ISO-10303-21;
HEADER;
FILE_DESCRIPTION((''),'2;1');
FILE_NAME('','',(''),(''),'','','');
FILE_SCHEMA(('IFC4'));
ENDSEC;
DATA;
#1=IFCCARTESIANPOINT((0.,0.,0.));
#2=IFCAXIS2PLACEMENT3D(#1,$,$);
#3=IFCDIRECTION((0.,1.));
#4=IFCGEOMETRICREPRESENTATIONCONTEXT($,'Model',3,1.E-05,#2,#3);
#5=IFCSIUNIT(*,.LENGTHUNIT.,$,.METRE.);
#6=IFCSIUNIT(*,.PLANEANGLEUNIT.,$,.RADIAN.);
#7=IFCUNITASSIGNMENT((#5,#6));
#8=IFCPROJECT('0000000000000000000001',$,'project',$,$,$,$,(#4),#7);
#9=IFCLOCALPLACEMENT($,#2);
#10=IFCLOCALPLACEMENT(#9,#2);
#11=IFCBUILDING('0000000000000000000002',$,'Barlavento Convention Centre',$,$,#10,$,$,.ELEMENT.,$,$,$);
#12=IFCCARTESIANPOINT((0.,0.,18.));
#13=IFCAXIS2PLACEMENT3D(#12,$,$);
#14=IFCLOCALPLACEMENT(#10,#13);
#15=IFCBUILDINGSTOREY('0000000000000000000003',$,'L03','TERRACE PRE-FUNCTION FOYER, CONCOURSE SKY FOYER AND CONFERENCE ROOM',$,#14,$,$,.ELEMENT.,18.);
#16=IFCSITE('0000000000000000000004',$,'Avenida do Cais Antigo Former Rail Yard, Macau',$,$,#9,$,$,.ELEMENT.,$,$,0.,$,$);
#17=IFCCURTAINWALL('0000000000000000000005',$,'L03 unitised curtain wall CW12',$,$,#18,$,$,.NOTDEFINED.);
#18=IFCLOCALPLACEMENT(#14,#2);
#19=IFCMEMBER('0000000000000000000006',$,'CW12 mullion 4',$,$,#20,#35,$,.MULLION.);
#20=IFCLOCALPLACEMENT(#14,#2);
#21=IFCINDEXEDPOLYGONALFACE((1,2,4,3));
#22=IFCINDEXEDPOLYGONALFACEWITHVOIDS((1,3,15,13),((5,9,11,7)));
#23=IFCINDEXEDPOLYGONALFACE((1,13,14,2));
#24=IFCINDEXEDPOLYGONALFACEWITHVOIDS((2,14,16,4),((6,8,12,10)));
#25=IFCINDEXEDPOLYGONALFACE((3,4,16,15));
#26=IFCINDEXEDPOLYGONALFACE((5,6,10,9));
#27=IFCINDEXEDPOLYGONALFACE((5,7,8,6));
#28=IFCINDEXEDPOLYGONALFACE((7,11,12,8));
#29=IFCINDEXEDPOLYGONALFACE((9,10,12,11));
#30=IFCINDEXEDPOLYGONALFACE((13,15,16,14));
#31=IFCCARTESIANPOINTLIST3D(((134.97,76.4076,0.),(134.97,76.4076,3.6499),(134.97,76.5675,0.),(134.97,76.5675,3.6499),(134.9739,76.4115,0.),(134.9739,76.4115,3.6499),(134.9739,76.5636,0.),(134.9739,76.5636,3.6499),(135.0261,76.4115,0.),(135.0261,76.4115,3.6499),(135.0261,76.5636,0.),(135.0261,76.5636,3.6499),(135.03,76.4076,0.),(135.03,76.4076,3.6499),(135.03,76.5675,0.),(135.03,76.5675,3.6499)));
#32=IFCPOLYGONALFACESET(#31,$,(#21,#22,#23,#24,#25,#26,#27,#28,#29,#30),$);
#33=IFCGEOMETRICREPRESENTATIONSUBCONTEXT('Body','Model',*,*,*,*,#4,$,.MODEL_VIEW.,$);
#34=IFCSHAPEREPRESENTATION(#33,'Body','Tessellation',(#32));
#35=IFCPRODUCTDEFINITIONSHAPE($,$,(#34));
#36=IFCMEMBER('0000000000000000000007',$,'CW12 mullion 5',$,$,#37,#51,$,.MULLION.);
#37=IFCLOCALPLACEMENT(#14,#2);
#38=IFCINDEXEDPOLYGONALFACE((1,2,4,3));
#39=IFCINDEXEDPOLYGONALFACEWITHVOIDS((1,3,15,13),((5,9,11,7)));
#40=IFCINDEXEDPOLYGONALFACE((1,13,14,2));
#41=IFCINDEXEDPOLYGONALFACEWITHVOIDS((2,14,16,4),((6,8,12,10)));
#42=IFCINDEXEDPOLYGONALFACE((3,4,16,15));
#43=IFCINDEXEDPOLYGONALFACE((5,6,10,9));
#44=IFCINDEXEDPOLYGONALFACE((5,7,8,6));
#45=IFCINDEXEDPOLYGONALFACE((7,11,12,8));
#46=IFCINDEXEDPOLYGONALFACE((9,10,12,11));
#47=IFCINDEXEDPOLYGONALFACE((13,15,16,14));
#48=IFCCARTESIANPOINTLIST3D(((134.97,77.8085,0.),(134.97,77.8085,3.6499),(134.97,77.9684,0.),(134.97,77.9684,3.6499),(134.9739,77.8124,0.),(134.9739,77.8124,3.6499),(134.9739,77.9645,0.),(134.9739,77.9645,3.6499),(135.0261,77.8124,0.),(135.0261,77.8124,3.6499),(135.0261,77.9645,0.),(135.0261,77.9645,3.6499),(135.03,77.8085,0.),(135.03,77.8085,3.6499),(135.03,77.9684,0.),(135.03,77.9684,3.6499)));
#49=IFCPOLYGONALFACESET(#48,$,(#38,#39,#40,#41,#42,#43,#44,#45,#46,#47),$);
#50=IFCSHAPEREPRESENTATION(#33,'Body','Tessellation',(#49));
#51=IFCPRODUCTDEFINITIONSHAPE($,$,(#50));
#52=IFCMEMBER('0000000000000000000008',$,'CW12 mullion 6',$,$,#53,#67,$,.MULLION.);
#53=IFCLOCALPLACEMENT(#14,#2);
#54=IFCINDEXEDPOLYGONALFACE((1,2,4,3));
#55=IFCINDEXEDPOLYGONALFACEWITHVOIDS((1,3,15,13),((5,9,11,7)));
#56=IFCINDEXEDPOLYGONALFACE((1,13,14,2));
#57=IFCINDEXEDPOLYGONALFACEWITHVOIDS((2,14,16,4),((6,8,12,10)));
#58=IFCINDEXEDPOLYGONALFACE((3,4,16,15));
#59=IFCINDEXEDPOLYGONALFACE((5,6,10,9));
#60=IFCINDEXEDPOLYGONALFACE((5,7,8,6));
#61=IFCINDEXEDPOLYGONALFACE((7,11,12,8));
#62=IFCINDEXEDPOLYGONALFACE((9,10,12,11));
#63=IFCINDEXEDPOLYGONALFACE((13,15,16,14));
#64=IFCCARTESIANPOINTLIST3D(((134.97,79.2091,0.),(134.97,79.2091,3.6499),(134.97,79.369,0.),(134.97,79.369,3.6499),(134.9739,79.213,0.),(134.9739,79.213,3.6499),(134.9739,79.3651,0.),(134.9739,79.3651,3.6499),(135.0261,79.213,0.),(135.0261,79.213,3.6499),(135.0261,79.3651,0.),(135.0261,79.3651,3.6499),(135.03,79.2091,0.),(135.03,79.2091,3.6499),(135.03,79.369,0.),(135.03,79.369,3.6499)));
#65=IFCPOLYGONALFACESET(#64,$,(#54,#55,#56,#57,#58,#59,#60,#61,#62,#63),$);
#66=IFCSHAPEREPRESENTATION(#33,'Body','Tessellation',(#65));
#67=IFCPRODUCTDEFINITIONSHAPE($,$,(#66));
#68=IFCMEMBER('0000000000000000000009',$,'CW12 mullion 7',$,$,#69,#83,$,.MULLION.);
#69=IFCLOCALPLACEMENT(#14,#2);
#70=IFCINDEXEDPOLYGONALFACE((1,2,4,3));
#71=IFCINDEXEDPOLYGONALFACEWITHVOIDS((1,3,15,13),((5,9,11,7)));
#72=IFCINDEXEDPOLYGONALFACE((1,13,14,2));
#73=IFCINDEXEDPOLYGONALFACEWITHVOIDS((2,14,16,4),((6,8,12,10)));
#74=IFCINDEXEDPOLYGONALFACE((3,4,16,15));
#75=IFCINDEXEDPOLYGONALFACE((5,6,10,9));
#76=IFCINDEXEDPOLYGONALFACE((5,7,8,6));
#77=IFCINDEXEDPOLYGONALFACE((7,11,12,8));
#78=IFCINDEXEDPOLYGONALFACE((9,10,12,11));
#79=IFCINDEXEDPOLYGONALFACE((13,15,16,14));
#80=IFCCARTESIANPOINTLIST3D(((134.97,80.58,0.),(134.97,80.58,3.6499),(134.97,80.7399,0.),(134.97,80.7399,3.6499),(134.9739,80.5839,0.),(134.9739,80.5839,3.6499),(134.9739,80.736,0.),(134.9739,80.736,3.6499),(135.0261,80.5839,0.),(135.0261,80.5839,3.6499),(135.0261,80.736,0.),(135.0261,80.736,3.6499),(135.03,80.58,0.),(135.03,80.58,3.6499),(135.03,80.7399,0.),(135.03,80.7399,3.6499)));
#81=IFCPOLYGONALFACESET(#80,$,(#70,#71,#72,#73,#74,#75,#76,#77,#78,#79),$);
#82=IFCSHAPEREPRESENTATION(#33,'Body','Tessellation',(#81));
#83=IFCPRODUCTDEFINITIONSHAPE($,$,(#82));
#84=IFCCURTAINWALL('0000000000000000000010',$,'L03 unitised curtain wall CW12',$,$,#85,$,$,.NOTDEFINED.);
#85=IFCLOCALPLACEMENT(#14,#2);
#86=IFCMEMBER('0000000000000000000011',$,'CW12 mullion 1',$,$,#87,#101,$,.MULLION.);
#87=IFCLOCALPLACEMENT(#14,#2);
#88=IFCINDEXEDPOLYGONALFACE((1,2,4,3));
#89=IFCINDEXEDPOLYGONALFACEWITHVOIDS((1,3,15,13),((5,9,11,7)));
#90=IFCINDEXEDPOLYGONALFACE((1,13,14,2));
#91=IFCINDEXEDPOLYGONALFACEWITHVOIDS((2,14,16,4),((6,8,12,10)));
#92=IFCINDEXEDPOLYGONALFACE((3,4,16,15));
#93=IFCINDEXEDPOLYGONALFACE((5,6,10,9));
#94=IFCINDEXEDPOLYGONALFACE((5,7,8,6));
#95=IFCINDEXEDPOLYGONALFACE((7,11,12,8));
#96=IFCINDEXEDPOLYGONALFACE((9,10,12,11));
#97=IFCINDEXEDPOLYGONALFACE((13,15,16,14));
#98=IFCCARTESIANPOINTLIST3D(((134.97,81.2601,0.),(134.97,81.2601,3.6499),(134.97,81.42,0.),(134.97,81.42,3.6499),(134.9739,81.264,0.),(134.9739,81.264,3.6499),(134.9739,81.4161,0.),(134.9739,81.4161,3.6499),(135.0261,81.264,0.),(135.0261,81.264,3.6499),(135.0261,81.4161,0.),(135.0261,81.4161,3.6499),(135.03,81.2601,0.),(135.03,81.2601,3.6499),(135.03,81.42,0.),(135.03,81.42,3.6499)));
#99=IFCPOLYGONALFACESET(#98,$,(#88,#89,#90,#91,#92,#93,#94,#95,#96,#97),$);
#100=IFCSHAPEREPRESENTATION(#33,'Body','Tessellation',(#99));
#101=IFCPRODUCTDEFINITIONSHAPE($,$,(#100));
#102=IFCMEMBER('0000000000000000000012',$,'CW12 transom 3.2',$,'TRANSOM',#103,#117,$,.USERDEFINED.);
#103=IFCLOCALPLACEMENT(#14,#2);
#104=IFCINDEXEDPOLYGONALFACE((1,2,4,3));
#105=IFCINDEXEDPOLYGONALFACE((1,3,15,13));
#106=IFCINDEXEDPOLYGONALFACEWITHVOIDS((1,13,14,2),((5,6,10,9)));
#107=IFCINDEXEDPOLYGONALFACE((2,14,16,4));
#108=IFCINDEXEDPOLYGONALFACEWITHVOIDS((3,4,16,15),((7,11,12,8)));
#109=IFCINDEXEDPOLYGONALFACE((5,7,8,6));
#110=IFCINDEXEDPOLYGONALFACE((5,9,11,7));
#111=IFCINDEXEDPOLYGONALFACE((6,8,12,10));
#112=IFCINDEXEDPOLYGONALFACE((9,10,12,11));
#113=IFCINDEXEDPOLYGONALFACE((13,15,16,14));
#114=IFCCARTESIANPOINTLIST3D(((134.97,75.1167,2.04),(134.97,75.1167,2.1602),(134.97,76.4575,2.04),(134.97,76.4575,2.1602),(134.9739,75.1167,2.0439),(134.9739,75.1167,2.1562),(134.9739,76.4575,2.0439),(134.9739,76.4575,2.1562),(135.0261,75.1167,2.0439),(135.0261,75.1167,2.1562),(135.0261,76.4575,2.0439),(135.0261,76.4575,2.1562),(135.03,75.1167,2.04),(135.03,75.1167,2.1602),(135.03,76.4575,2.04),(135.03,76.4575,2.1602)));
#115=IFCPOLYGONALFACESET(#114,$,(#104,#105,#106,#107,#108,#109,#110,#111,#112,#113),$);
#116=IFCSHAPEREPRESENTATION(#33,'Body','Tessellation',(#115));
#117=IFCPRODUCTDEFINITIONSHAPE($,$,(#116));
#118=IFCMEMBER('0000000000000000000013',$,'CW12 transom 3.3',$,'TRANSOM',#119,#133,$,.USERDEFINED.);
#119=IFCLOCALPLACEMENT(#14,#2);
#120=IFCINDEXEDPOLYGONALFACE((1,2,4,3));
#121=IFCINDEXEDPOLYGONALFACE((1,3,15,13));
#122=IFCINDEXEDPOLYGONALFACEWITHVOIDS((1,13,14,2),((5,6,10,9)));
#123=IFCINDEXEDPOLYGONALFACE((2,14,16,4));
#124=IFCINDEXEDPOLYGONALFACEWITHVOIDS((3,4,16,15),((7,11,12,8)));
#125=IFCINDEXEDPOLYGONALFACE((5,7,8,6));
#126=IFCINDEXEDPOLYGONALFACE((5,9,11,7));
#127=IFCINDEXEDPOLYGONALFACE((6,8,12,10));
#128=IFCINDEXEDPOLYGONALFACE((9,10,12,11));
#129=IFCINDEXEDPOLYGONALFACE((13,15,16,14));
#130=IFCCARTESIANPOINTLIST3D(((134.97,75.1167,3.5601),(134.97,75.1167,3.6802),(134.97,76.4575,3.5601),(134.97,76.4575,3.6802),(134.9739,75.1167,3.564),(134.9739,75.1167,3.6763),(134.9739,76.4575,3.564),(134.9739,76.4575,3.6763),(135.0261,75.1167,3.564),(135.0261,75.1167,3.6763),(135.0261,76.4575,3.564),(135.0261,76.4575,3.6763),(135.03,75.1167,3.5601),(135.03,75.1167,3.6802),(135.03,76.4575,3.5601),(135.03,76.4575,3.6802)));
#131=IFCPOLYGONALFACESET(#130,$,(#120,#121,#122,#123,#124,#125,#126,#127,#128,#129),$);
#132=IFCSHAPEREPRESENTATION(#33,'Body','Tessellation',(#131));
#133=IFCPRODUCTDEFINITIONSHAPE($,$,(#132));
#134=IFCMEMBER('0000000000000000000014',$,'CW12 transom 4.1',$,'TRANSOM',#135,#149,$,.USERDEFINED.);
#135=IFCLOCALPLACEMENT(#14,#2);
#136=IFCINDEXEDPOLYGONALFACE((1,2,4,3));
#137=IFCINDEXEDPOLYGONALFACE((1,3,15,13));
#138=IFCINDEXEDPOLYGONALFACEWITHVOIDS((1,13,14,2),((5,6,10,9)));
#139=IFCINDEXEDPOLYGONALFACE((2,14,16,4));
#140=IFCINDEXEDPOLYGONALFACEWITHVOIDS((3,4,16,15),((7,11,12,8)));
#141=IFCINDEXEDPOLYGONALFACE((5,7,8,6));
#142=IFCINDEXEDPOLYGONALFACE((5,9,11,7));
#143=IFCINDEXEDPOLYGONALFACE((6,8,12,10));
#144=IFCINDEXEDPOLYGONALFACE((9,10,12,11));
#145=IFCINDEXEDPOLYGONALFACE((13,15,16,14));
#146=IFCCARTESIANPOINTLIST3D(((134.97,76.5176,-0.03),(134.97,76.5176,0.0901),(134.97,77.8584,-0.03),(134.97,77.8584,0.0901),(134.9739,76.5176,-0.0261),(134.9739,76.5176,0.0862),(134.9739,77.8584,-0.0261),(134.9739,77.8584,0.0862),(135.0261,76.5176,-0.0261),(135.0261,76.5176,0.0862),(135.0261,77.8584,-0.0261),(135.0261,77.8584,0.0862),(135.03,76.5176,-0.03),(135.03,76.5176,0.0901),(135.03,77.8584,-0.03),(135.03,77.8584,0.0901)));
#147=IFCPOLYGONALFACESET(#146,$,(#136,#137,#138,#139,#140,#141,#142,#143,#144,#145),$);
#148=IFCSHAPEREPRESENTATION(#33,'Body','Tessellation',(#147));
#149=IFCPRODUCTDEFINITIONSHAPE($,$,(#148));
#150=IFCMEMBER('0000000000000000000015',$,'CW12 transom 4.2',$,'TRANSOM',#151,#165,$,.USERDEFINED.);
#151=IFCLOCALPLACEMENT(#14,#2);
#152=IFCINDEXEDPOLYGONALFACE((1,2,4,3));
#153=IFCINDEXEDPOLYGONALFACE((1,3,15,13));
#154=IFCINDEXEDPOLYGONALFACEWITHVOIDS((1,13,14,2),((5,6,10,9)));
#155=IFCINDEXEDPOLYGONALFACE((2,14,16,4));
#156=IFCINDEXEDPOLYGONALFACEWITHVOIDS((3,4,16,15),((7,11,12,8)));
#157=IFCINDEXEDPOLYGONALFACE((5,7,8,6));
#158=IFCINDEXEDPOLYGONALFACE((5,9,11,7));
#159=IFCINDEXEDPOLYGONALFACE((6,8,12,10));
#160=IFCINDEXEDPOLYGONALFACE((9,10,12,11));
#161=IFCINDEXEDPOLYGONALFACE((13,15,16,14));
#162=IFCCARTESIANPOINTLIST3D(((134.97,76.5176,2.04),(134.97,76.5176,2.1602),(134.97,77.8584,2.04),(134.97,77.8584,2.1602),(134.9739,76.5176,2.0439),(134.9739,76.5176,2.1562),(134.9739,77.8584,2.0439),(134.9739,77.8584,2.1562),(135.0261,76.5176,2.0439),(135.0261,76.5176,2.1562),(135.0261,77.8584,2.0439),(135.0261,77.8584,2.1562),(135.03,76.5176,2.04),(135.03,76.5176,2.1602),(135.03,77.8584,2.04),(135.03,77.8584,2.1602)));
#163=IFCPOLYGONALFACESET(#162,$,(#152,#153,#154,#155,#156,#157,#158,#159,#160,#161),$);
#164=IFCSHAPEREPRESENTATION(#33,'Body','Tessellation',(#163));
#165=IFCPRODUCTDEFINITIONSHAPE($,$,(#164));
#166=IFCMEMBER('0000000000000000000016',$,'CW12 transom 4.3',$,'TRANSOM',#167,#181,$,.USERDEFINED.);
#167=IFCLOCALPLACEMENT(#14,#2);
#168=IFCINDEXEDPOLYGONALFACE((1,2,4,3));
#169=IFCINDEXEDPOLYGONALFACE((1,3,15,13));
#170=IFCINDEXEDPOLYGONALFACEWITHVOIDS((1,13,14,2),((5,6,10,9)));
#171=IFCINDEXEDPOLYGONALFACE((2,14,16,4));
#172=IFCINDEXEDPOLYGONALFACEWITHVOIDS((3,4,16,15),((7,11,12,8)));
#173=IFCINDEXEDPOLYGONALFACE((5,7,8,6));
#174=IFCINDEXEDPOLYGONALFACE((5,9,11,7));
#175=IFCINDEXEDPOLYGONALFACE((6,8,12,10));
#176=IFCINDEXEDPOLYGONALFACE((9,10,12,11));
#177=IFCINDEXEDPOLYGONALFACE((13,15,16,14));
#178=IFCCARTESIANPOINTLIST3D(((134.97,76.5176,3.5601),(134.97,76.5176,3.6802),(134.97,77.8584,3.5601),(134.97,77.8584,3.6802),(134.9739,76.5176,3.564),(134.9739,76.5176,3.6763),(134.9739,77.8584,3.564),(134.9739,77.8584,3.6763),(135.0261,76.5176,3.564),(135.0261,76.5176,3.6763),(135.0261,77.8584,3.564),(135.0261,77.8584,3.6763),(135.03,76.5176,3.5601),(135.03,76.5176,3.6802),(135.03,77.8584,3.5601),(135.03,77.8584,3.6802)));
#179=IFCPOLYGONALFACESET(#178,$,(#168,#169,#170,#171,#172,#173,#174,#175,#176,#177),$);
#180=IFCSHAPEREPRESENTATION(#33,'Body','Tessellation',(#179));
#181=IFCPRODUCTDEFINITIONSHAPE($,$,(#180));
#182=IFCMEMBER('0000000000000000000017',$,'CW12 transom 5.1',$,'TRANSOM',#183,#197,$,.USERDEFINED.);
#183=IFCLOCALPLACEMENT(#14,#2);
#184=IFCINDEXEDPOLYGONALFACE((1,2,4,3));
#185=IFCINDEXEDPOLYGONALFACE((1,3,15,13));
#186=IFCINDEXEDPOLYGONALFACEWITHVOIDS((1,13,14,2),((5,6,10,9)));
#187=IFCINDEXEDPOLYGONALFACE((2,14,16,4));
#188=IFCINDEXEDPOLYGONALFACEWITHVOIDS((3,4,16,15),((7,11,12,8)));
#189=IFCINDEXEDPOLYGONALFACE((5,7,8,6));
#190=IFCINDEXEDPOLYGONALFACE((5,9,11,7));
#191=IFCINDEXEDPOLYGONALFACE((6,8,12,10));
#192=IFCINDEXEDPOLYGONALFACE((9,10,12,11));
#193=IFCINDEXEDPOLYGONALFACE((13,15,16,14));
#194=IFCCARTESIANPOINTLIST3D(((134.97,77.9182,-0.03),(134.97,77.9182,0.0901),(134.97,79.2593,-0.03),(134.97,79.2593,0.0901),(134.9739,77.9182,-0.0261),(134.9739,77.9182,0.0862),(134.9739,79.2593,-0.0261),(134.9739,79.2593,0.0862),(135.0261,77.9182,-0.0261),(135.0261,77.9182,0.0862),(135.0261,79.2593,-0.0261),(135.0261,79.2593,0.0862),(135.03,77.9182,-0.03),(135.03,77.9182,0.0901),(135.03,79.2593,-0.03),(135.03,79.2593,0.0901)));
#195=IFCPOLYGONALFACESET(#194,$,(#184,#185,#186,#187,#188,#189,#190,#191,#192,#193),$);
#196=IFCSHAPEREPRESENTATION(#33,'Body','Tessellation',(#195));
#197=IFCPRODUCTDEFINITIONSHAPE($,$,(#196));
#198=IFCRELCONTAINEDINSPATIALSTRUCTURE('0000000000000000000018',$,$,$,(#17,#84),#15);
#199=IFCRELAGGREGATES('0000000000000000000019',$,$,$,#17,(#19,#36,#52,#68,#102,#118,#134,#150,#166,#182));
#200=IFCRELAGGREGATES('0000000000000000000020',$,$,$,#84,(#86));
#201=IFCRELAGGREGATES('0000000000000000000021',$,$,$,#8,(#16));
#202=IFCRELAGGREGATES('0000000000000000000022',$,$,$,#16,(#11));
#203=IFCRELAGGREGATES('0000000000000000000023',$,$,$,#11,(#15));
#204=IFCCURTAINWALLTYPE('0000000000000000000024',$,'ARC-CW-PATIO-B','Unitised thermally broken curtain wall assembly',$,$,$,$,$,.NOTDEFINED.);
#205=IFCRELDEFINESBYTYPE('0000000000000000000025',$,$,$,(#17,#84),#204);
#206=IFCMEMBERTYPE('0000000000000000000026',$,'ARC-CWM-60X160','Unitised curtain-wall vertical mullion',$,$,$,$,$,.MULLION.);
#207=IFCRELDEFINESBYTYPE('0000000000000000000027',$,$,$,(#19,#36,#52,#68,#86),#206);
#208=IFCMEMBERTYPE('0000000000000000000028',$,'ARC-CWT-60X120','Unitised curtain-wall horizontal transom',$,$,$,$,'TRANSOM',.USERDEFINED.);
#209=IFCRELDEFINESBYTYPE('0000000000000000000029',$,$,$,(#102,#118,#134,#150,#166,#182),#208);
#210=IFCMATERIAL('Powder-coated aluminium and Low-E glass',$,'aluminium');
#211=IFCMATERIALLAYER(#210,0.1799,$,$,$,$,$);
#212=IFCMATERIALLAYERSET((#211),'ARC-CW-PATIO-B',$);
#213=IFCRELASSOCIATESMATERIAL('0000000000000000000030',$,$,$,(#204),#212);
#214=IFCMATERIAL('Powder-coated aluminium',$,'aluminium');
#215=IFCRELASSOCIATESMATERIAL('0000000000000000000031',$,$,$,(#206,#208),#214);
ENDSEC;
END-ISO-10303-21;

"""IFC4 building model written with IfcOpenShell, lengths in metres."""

from ifc_helpers import new_model, si_unit, direction, frame, origin, origin_2d, place, context, subcontext, project, spatial, hollow_rectangle, extrude, material, layer, layer_set, material_profile, profile_set, type_object, element, aggregate, save


model = new_model("IFC4")

# Units and contexts
model_context = context("Model", 3, precision=1e-05, world=origin(), true_north=direction((0.0, 1.0)))
body_context = subcontext(model_context, "Body", "Model", "MODEL_VIEW")
ifc_project = project(units=[si_unit("LENGTHUNIT", "METRE"), si_unit("PLANEANGLEUNIT", "RADIAN")], contexts=[model_context])

# Site, building, storey
site_placement = place(None, origin())
site = spatial("IfcSite", under=ifc_project, at=site_placement, Name="Avenida do Cais Antigo Former Rail Yard, Macau", CompositionType="ELEMENT", RefElevation=0.0)
building_placement = place(site_placement, origin())
building = spatial("IfcBuilding", under=site, at=building_placement, Name="Barlavento Convention Centre", CompositionType="ELEMENT")
storey_placement = place(building_placement, frame((0.0, 0.0, 18.0)))
storey = spatial("IfcBuildingStorey", under=building, at=storey_placement, Name="L03", Description="TERRACE PRE-FUNCTION FOYER, CONCOURSE SKY FOYER AND CONFERENCE ROOM", CompositionType="ELEMENT", Elevation=18.0)

# Curtain wall, members
ifc_material_1 = material(Name="Powder-coated aluminium and Low-E glass", Category="aluminium")
ifc_layer_1 = layer(ifc_material_1, 0.1799)
ifc_layer_set_1 = layer_set([ifc_layer_1], Name="ARC-CW-PATIO-B")
curtain_wall_type = type_object("IfcCurtainWallType", Name="ARC-CW-PATIO-B", Description="Unitised thermally broken curtain wall assembly", PredefinedType="NOTDEFINED", material=ifc_layer_set_1)
curtain_wall_1_placement = place(storey_placement, origin())
curtain_wall_1 = element("IfcCurtainWall", 1, at=curtain_wall_1_placement, inside=storey, type_object=curtain_wall_type, Name="L03 unitised curtain wall CW12", PredefinedType="NOTDEFINED")
ifc_material_2 = material(Name="Powder-coated aluminium", Category="aluminium")
ifc_material_profile_1 = material_profile(ifc_material_2, hollow_rectangle(XDim=0.0601, YDim=0.1599, WallThickness=0.0039, at=origin_2d()), Name="AL-MULL 60x160x4")
ifc_profile_set_1 = profile_set([ifc_material_profile_1], Name="Powder-coated aluminium")
member_type_1 = type_object("IfcMemberType", Name="ARC-CWM-60X160", Description="Unitised curtain-wall vertical mullion", PredefinedType="MULLION", material=ifc_profile_set_1)
member_1_placement = place(storey_placement, frame((135.0, 76.4875, 0.0), z_axis=(0.0, 0.0, 1.0), x_axis=(-1.0, 0.0, 0.0)))
member_1 = element("IfcMember", 2, at=member_1_placement, type_object=member_type_1, Name="CW12 mullion 4", PredefinedType="MULLION", context=body_context, shape_type="SweptSolid", body=[
    extrude(hollow_rectangle(XDim=0.0601, YDim=0.1599, WallThickness=0.0039, at=origin_2d()), origin(), (0.0, 0.0, 1.0), 3.6499),
])
member_2_placement = place(storey_placement, frame((135.0, 77.8884, 0.0), z_axis=(0.0, 0.0, 1.0), x_axis=(-1.0, 0.0, 0.0)))
member_2 = element("IfcMember", 3, at=member_2_placement, type_object=member_type_1, Name="CW12 mullion 5", PredefinedType="MULLION", context=body_context, shape_type="SweptSolid", body=[
    extrude(hollow_rectangle(XDim=0.0601, YDim=0.1599, WallThickness=0.0039, at=origin_2d()), origin(), (0.0, 0.0, 1.0), 3.6499),
])
member_3_placement = place(storey_placement, frame((135.0, 79.2891, 0.0), z_axis=(0.0, 0.0, 1.0), x_axis=(-1.0, 0.0, 0.0)))
member_3 = element("IfcMember", 4, at=member_3_placement, type_object=member_type_1, Name="CW12 mullion 6", PredefinedType="MULLION", context=body_context, shape_type="SweptSolid", body=[
    extrude(hollow_rectangle(XDim=0.0601, YDim=0.1599, WallThickness=0.0039, at=origin_2d()), origin(), (0.0, 0.0, 1.0), 3.6499),
])
member_4_placement = place(storey_placement, frame((135.0, 80.6599, 0.0), z_axis=(0.0, 0.0, 1.0), x_axis=(-1.0, 0.0, 0.0)))
member_4 = element("IfcMember", 5, at=member_4_placement, type_object=member_type_1, Name="CW12 mullion 7", PredefinedType="MULLION", context=body_context, shape_type="SweptSolid", body=[
    extrude(hollow_rectangle(XDim=0.0601, YDim=0.1599, WallThickness=0.0039, at=origin_2d()), origin(), (0.0, 0.0, 1.0), 3.6499),
])

# Curtain wall, member
curtain_wall_2_placement = place(storey_placement, origin())
curtain_wall_2 = element("IfcCurtainWall", 6, at=curtain_wall_2_placement, inside=storey, type_object=curtain_wall_type, Name="L03 unitised curtain wall CW12", PredefinedType="NOTDEFINED")
member_5_placement = place(storey_placement, frame((135.0, 81.3401, 0.0), z_axis=(0.0, 0.0, 1.0), x_axis=(-1.0, 0.0, 0.0)))
member_5 = element("IfcMember", 7, at=member_5_placement, type_object=member_type_1, Name="CW12 mullion 1", PredefinedType="MULLION", context=body_context, shape_type="SweptSolid", body=[
    extrude(hollow_rectangle(XDim=0.0601, YDim=0.1599, WallThickness=0.0039, at=origin_2d()), origin(), (0.0, 0.0, 1.0), 3.6499),
])

# Members
ifc_material_profile_2 = material_profile(ifc_material_2, hollow_rectangle(XDim=0.0601, YDim=0.1201, WallThickness=0.0039, at=origin_2d()), Name="AL-TRAN 60x120x4")
ifc_profile_set_2 = profile_set([ifc_material_profile_2], Name="Powder-coated aluminium")
member_type_2 = type_object("IfcMemberType", Name="ARC-CWT-60X120", Description="Unitised curtain-wall horizontal transom", ElementType="TRANSOM", PredefinedType="USERDEFINED", material=ifc_profile_set_2)
member_6_placement = place(storey_placement, frame((135.0, 75.1167, 2.1001), z_axis=(0.0, 1.0, 0.0), x_axis=(-1.0, 0.0, 0.0)))
member_6 = element("IfcMember", 8, at=member_6_placement, type_object=member_type_2, Name="CW12 transom 3.2", ObjectType="TRANSOM", PredefinedType="USERDEFINED", context=body_context, shape_type="SweptSolid", body=[
    extrude(hollow_rectangle(XDim=0.0601, YDim=0.1201, WallThickness=0.0039, at=origin_2d()), origin(), (0.0, 0.0, 1.0), 1.3408),
])
member_7_placement = place(storey_placement, frame((135.0, 75.1167, 3.6201), z_axis=(0.0, 1.0, 0.0), x_axis=(-1.0, 0.0, 0.0)))
member_7 = element("IfcMember", 9, at=member_7_placement, type_object=member_type_2, Name="CW12 transom 3.3", ObjectType="TRANSOM", PredefinedType="USERDEFINED", context=body_context, shape_type="SweptSolid", body=[
    extrude(hollow_rectangle(XDim=0.0601, YDim=0.1201, WallThickness=0.0039, at=origin_2d()), origin(), (0.0, 0.0, 1.0), 1.3408),
])
member_8_placement = place(storey_placement, frame((135.0, 76.5176, 0.03), z_axis=(0.0, 1.0, 0.0), x_axis=(-1.0, 0.0, 0.0)))
member_8 = element("IfcMember", 10, at=member_8_placement, type_object=member_type_2, Name="CW12 transom 4.1", ObjectType="TRANSOM", PredefinedType="USERDEFINED", context=body_context, shape_type="SweptSolid", body=[
    extrude(hollow_rectangle(XDim=0.0601, YDim=0.1201, WallThickness=0.0039, at=origin_2d()), origin(), (0.0, 0.0, 1.0), 1.3408),
])
member_9_placement = place(storey_placement, frame((135.0, 76.5176, 2.1001), z_axis=(0.0, 1.0, 0.0), x_axis=(-1.0, 0.0, 0.0)))
member_9 = element("IfcMember", 11, at=member_9_placement, type_object=member_type_2, Name="CW12 transom 4.2", ObjectType="TRANSOM", PredefinedType="USERDEFINED", context=body_context, shape_type="SweptSolid", body=[
    extrude(hollow_rectangle(XDim=0.0601, YDim=0.1201, WallThickness=0.0039, at=origin_2d()), origin(), (0.0, 0.0, 1.0), 1.3408),
])
member_10_placement = place(storey_placement, frame((135.0, 76.5176, 3.6201), z_axis=(0.0, 1.0, 0.0), x_axis=(-1.0, 0.0, 0.0)))
member_10 = element("IfcMember", 12, at=member_10_placement, type_object=member_type_2, Name="CW12 transom 4.3", ObjectType="TRANSOM", PredefinedType="USERDEFINED", context=body_context, shape_type="SweptSolid", body=[
    extrude(hollow_rectangle(XDim=0.0601, YDim=0.1201, WallThickness=0.0039, at=origin_2d()), origin(), (0.0, 0.0, 1.0), 1.3408),
])
member_11_placement = place(storey_placement, frame((135.0, 77.9182, 0.03), z_axis=(0.0, 1.0, 0.0), x_axis=(-1.0, 0.0, 0.0)))
member_11 = element("IfcMember", 13, at=member_11_placement, type_object=member_type_2, Name="CW12 transom 5.1", ObjectType="TRANSOM", PredefinedType="USERDEFINED", context=body_context, shape_type="SweptSolid", body=[
    extrude(hollow_rectangle(XDim=0.0601, YDim=0.1201, WallThickness=0.0039, at=origin_2d()), origin(), (0.0, 0.0, 1.0), 1.3411),
])

aggregate(curtain_wall_1, [member_1, member_2, member_3, member_4, member_6, member_7, member_8, member_9, member_10, member_11])
aggregate(curtain_wall_2, [member_5])

save(model, "model.ifc")
